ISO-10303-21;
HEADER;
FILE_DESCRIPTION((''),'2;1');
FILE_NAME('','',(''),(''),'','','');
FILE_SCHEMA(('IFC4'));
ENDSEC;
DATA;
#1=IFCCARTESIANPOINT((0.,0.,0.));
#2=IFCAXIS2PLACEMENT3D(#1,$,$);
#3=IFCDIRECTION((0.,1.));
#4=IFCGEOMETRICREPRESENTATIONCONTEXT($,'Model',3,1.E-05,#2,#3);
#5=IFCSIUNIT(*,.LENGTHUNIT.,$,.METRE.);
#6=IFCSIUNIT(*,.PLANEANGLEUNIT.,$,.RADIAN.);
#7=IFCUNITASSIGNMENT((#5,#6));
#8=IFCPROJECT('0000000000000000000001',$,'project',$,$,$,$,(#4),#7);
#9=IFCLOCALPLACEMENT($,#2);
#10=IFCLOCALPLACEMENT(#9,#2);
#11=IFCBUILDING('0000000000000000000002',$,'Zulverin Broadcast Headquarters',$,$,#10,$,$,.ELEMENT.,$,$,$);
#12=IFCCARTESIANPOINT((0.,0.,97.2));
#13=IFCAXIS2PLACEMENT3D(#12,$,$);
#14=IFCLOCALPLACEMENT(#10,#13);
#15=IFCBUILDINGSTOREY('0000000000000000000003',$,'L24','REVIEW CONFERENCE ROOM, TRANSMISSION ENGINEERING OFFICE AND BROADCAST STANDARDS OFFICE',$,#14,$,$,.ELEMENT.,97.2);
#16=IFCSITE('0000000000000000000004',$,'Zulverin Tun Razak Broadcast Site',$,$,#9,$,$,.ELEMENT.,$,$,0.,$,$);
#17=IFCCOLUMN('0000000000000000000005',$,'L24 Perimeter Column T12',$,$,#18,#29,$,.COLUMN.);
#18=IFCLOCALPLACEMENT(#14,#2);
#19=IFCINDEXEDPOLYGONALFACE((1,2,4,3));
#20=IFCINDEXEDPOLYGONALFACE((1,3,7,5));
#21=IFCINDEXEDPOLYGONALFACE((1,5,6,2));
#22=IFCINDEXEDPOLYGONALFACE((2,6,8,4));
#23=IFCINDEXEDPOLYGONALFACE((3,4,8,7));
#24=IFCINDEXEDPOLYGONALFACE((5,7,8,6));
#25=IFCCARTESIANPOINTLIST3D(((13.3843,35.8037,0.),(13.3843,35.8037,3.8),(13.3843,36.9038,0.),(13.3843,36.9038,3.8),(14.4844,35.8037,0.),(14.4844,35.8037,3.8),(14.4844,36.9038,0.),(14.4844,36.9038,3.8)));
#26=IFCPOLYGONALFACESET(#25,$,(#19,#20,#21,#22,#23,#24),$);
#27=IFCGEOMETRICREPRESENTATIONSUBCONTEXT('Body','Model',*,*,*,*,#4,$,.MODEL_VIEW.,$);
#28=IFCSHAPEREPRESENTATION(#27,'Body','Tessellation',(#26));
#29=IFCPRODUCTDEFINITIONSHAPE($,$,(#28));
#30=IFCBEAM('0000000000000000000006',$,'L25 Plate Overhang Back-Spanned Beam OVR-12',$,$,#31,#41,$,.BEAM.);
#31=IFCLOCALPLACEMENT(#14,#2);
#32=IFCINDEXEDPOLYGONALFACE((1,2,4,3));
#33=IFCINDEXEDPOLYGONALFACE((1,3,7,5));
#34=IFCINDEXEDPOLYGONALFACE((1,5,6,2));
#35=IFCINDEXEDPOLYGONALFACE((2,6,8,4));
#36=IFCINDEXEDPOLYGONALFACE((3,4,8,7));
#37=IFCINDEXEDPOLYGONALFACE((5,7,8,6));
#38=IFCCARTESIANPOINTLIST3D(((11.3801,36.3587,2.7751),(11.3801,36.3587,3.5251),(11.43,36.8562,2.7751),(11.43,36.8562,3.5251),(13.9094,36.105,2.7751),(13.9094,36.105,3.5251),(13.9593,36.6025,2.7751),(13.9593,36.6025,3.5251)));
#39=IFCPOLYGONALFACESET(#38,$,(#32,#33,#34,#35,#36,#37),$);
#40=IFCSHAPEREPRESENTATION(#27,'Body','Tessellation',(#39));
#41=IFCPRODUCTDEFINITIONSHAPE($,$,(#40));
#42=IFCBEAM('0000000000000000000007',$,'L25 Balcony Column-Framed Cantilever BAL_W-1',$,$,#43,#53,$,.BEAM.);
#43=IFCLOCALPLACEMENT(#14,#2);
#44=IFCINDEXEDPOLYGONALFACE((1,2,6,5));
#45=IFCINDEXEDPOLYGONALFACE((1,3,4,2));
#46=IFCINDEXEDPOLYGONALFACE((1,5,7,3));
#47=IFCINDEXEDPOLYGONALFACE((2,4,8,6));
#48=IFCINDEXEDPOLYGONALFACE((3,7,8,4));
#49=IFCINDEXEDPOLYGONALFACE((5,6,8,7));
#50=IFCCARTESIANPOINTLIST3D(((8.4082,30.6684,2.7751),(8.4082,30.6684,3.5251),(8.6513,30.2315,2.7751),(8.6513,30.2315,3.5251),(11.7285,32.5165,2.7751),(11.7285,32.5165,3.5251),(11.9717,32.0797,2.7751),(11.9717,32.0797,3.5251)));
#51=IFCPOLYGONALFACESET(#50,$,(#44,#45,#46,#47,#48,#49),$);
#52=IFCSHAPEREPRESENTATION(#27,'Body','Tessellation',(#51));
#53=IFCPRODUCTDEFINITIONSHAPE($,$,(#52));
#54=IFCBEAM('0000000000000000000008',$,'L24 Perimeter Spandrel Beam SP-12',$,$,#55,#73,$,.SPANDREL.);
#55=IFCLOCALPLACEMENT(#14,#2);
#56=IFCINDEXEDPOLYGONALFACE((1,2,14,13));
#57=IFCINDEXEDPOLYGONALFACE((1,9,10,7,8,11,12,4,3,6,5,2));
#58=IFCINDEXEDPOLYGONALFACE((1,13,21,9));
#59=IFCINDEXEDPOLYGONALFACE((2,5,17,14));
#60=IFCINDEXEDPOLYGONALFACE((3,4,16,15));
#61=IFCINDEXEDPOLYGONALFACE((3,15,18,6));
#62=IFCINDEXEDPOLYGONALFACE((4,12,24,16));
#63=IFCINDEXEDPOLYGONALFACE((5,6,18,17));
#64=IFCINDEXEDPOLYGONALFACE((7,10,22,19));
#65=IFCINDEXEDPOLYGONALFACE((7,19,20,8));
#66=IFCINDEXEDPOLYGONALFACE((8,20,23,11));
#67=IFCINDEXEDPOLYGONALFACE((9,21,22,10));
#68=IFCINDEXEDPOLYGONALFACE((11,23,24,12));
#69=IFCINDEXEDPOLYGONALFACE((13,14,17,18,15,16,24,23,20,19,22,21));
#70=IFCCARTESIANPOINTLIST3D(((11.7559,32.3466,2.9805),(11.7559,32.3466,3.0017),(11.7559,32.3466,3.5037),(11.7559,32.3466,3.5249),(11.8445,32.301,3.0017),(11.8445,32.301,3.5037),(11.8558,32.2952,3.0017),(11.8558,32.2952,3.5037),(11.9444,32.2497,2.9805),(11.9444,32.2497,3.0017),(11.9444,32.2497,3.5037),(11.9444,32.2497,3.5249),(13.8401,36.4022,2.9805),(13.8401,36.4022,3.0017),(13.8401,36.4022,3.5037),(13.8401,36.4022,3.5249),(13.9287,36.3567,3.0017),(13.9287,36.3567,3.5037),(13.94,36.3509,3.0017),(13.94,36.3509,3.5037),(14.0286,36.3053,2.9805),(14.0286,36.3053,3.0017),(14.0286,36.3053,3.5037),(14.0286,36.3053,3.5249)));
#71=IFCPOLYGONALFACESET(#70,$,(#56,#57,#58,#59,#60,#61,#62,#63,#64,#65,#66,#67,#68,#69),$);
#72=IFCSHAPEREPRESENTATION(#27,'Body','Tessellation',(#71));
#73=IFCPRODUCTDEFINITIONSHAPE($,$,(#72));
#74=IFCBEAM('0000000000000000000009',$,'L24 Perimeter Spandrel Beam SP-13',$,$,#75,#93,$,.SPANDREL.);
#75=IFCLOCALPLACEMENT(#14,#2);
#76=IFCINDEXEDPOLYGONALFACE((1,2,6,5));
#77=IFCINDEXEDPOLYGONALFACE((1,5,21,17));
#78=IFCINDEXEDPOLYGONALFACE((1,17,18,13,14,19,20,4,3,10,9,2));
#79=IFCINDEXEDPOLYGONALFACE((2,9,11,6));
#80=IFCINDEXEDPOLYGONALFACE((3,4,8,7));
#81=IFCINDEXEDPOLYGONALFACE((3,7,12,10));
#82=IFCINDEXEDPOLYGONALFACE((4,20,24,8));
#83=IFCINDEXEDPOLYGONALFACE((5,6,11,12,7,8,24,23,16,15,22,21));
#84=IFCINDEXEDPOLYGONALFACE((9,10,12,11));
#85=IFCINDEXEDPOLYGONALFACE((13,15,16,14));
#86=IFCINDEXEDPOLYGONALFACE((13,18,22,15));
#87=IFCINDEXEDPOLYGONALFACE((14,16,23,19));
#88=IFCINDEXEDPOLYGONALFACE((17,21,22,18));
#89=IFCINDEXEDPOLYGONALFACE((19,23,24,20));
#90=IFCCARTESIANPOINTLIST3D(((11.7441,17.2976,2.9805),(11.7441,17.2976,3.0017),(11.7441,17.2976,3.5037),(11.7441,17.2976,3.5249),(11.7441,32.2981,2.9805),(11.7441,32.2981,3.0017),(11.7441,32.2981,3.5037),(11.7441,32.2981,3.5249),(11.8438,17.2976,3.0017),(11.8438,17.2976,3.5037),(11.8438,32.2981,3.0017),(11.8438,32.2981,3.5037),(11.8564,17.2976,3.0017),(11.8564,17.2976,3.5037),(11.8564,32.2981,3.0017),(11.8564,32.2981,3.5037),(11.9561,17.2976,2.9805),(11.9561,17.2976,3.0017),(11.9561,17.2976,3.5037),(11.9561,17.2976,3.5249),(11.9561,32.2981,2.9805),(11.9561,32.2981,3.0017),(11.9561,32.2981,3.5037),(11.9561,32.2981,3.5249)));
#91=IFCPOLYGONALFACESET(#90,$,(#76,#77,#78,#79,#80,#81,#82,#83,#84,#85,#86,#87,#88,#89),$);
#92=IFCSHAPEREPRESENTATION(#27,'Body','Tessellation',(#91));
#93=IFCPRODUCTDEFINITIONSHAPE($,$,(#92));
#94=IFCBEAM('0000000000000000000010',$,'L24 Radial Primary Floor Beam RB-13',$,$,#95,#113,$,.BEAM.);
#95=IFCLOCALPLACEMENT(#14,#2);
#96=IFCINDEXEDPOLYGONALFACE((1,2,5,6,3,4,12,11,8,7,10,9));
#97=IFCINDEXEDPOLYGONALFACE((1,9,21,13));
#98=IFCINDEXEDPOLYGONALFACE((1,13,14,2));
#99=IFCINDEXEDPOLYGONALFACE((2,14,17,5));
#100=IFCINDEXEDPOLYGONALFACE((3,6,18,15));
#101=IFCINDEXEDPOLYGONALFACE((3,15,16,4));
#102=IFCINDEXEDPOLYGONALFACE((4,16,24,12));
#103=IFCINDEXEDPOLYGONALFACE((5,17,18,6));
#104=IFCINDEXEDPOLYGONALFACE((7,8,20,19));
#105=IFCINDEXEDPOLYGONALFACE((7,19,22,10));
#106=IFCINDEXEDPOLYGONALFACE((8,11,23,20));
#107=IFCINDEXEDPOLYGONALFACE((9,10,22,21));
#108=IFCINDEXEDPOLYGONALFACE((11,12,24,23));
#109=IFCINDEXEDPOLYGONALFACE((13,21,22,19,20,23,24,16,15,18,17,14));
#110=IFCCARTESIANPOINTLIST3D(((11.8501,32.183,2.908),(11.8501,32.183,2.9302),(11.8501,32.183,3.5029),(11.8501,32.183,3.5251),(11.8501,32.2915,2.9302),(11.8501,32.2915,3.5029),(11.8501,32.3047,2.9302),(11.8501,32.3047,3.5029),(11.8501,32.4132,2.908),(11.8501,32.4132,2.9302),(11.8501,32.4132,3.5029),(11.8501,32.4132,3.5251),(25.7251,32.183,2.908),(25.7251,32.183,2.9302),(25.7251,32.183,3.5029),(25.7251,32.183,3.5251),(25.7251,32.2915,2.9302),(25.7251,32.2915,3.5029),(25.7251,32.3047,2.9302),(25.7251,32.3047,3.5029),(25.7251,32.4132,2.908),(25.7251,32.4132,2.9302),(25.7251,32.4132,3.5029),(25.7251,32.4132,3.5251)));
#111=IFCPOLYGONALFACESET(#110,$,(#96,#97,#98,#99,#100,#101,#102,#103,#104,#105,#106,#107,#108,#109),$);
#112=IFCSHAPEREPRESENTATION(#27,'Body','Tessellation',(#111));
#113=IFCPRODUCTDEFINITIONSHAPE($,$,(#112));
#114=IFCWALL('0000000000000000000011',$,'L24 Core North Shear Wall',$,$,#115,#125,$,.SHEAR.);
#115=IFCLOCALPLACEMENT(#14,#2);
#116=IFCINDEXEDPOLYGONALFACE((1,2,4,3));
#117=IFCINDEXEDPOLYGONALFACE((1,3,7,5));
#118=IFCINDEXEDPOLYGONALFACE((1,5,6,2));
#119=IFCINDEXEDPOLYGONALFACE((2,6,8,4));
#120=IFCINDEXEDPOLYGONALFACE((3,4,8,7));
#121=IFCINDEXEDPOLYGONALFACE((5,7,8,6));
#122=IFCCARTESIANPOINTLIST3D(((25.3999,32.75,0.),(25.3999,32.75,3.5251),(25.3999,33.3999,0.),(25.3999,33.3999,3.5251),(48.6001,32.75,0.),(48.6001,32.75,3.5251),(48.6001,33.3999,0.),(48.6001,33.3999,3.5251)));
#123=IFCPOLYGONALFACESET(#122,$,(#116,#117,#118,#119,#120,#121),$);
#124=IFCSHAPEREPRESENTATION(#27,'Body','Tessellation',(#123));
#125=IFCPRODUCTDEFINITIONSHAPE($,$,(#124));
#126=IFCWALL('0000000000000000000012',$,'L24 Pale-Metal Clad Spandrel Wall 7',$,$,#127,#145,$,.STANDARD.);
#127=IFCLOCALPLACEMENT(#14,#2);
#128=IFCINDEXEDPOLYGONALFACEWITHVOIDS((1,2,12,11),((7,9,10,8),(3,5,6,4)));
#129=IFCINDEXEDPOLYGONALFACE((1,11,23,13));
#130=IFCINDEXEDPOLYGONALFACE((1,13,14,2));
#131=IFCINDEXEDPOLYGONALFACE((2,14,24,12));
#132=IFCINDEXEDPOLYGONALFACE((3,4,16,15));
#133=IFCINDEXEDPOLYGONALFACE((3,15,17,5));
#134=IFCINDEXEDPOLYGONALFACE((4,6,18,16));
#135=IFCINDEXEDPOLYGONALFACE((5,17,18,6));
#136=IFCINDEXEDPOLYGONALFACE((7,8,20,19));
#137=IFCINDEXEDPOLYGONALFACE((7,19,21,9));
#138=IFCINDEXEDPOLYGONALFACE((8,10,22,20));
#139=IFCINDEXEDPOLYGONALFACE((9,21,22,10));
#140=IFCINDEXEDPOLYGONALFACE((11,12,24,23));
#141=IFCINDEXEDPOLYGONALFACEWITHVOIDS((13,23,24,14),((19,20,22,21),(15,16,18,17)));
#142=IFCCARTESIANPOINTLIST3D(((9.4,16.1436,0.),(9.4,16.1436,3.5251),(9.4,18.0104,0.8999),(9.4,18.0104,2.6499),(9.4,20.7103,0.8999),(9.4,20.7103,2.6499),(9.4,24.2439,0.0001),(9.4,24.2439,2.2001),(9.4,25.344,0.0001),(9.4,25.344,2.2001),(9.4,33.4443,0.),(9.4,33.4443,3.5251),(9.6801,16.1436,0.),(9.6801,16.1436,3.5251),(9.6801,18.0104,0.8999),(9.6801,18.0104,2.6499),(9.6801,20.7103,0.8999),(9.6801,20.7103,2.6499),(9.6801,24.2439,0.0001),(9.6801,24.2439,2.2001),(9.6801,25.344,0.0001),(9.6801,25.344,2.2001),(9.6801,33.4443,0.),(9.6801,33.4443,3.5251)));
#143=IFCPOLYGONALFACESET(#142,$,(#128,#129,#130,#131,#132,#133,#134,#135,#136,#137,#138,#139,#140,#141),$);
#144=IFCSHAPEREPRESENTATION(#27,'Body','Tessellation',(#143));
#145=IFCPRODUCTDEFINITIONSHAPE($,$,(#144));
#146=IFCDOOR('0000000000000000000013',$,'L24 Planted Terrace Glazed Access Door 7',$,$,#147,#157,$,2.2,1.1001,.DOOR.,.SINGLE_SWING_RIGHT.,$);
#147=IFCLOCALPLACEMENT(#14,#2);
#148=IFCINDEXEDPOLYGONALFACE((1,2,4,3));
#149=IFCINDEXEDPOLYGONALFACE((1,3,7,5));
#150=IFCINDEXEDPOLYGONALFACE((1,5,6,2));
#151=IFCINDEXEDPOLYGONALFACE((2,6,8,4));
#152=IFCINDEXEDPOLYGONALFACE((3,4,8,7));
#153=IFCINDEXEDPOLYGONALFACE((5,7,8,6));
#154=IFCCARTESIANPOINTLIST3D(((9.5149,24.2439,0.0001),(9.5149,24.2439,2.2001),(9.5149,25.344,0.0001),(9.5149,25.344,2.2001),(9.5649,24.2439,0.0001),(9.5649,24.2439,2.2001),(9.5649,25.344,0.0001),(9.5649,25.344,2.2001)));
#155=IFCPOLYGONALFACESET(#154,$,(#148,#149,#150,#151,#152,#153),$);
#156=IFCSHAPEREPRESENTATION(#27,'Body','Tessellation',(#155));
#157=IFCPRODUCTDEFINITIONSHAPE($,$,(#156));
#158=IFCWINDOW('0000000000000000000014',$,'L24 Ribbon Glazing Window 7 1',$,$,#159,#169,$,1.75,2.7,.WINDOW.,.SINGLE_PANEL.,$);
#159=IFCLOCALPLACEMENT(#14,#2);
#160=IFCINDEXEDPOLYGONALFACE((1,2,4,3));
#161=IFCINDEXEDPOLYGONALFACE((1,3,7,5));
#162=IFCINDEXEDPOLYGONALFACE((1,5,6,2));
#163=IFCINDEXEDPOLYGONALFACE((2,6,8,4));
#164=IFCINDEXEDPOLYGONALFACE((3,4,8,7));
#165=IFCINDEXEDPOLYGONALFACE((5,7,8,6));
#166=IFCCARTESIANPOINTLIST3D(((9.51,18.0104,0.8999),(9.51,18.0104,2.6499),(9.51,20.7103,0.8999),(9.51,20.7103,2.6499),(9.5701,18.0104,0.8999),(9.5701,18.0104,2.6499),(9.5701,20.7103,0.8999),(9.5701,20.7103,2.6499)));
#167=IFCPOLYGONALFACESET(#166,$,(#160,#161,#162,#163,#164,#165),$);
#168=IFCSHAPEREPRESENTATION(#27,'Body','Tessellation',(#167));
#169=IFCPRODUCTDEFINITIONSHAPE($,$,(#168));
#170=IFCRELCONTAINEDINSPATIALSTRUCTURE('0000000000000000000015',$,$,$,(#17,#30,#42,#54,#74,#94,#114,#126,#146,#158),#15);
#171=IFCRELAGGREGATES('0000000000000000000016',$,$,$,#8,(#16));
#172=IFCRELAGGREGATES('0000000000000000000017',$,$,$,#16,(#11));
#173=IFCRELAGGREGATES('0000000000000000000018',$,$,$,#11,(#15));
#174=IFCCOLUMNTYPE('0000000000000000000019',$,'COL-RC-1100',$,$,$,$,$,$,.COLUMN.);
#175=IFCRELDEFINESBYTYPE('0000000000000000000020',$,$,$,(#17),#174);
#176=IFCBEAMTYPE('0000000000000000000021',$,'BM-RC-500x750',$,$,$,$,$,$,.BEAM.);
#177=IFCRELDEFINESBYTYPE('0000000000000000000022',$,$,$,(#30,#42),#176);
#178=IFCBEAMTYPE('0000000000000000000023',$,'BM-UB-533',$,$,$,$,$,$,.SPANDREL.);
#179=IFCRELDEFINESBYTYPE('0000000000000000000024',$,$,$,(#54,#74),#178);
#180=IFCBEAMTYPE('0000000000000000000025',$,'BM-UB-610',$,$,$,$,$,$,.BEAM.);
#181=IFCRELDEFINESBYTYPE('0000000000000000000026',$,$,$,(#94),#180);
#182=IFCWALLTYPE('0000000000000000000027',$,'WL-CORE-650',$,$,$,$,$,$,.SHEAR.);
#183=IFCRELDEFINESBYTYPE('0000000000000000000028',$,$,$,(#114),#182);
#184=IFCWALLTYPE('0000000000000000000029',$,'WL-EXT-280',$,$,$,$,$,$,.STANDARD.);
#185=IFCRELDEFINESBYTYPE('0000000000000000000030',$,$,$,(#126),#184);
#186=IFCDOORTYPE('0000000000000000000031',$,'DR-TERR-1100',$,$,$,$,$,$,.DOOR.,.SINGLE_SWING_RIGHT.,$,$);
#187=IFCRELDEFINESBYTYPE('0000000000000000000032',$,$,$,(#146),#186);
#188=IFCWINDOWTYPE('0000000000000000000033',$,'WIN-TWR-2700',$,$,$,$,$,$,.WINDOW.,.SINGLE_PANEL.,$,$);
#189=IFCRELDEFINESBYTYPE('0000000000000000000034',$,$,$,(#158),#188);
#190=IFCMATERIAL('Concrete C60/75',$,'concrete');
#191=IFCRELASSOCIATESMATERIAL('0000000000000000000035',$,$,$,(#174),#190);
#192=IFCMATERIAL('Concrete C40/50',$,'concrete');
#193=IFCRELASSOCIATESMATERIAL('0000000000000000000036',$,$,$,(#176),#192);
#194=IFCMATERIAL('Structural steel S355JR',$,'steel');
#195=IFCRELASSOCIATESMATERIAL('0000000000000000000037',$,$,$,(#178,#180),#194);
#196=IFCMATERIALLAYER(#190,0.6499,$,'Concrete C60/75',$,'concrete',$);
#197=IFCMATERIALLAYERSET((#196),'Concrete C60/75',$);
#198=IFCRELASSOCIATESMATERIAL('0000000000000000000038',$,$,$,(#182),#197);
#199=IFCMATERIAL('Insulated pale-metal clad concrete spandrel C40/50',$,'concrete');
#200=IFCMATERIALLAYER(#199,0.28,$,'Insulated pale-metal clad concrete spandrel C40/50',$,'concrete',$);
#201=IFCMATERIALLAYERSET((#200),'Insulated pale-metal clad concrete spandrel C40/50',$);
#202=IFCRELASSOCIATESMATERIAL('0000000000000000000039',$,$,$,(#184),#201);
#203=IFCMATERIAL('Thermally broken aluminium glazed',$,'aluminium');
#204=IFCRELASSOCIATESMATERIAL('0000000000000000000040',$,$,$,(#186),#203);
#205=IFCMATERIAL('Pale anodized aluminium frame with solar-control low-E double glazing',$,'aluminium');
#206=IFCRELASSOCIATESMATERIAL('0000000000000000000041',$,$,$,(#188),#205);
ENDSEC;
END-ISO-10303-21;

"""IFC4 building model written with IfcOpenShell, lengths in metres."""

from ifc_helpers import new_model, si_unit, direction, frame, frame_2d, origin, origin_2d, place, context, subcontext, project, spatial, rectangle, i_section, extrude, material, layer, layer_set, material_profile, profile_set, type_object, element, fill, save


model = new_model("IFC4")

# Units and contexts
model_context = context("Model", 3, precision=1e-05, world=origin(), true_north=direction((0.0, 1.0)))
body_context = subcontext(model_context, "Body", "Model", "MODEL_VIEW")
ifc_project = project(units=[si_unit("LENGTHUNIT", "METRE"), si_unit("PLANEANGLEUNIT", "RADIAN")], contexts=[model_context])

# Site, building, storey
site_placement = place(None, origin())
site = spatial("IfcSite", under=ifc_project, at=site_placement, Name="Zulverin Tun Razak Broadcast Site", CompositionType="ELEMENT", RefElevation=0.0)
building_placement = place(site_placement, origin())
building = spatial("IfcBuilding", under=site, at=building_placement, Name="Zulverin Broadcast Headquarters", CompositionType="ELEMENT")
storey_placement = place(building_placement, frame((0.0, 0.0, 97.2)))
storey = spatial("IfcBuildingStorey", under=building, at=storey_placement, Name="L24", Description="REVIEW CONFERENCE ROOM, TRANSMISSION ENGINEERING OFFICE AND BROADCAST STANDARDS OFFICE", CompositionType="ELEMENT", Elevation=97.2)

# Column
ifc_material_1 = material(Name="Concrete C60/75", Category="concrete")
ifc_material_profile_1 = material_profile(ifc_material_1, rectangle(XDim=1.1001, YDim=1.1001, at=origin_2d()), Name="Concrete C60/75", Category="concrete")
ifc_profile_set_1 = profile_set([ifc_material_profile_1], Name="Concrete C60/75")
column_type = type_object("IfcColumnType", Name="COL-RC-1100", PredefinedType="COLUMN", material=ifc_profile_set_1)
column_placement = place(storey_placement, frame((13.9343, 36.3538, 0.0), z_axis=(0.0, 0.0, 1.0), x_axis=(1.0, 0.0, 0.0)))
element("IfcColumn", 1, at=column_placement, inside=storey, type_object=column_type, Name="L24 Perimeter Column T12", PredefinedType="COLUMN", context=body_context, shape_type="SweptSolid", body=[
    extrude(rectangle(XDim=1.1001, YDim=1.1001, at=origin_2d()), origin(), (0.0, 0.0, 1.0), 3.8),
])

# Beams
ifc_material_2 = material(Name="Concrete C40/50", Category="concrete")
ifc_material_profile_2 = material_profile(ifc_material_2, rectangle(XDim=0.5, YDim=0.75, at=origin_2d()), Name="Concrete C40/50", Category="concrete")
ifc_profile_set_2 = profile_set([ifc_material_profile_2], Name="Concrete C40/50")
beam_type_1 = type_object("IfcBeamType", Name="BM-RC-500x750", PredefinedType="BEAM", material=ifc_profile_set_2)
beam_1_placement = place(storey_placement, frame((13.9343, 36.3538, 3.1501), z_axis=(-0.995009, 0.099789, 0.0), x_axis=(-0.099789, -0.995009, 0.0)))
element("IfcBeam", 2, at=beam_1_placement, inside=storey, type_object=beam_type_1, Name="L25 Plate Overhang Back-Spanned Beam OVR-12", PredefinedType="BEAM", context=body_context, shape_type="SweptSolid", body=[
    extrude(rectangle(XDim=0.5, YDim=0.75, at=origin_2d()), origin(), (0.0, 0.0, 1.0), 2.542),
])
beam_2_placement = place(storey_placement, frame((11.8501, 32.2981, 3.1501), z_axis=(-0.873763, -0.486352, 0.0), x_axis=(0.486352, -0.873763, 0.0)))
element("IfcBeam", 3, at=beam_2_placement, inside=storey, type_object=beam_type_1, Name="L25 Balcony Column-Framed Cantilever BAL_W-1", PredefinedType="BEAM", context=body_context, shape_type="SweptSolid", body=[
    extrude(rectangle(XDim=0.5, YDim=0.75, at=origin_2d()), origin(), (0.0, 0.0, 1.0), 3.8),
])
ifc_material_3 = material(Name="Structural steel S355JR", Category="steel")
ifc_material_profile_3 = material_profile(ifc_material_3, i_section(OverallWidth=0.2119, OverallDepth=0.5444, WebThickness=0.0127, FlangeThickness=0.0212, at=origin_2d()), Name="Structural steel S355JR", Category="steel")
ifc_profile_set_3 = profile_set([ifc_material_profile_3], Name="Structural steel S355JR")
beam_type_2 = type_object("IfcBeamType", Name="BM-UB-533", PredefinedType="SPANDREL", material=ifc_profile_set_3)
beam_3_placement = place(storey_placement, frame((13.9343, 36.3538, 3.2527), z_axis=(-0.457081, -0.889425, 0.0), x_axis=(0.889425, -0.457081, 0.0)))
element("IfcBeam", 4, at=beam_3_placement, inside=storey, type_object=beam_type_2, Name="L24 Perimeter Spandrel Beam SP-12", PredefinedType="SPANDREL", context=body_context, shape_type="SweptSolid", body=[
    extrude(i_section(OverallWidth=0.2119, OverallDepth=0.5444, WebThickness=0.0127, FlangeThickness=0.0212, at=origin_2d()), origin(), (0.0, 0.0, 1.0), 4.5598),
])
beam_4_placement = place(storey_placement, frame((11.8501, 32.2981, 3.2527), z_axis=(0.0, -1.0, 0.0), x_axis=(1.0, 0.0, 0.0)))
element("IfcBeam", 5, at=beam_4_placement, inside=storey, type_object=beam_type_2, Name="L24 Perimeter Spandrel Beam SP-13", PredefinedType="SPANDREL", context=body_context, shape_type="SweptSolid", body=[
    extrude(i_section(OverallWidth=0.2119, OverallDepth=0.5444, WebThickness=0.0127, FlangeThickness=0.0212, at=origin_2d()), origin(), (0.0, 0.0, 1.0), 15.0005),
])
ifc_material_profile_4 = material_profile(ifc_material_3, i_section(OverallWidth=0.2302, OverallDepth=0.6172, WebThickness=0.0132, FlangeThickness=0.0222, at=origin_2d()), Name="Structural steel S355JR", Category="steel")
ifc_profile_set_4 = profile_set([ifc_material_profile_4], Name="Structural steel S355JR")
beam_type_3 = type_object("IfcBeamType", Name="BM-UB-610", PredefinedType="BEAM", material=ifc_profile_set_4)
beam_5_placement = place(storey_placement, frame((25.7251, 32.2981, 3.2166), z_axis=(-1.0, 0.0, 0.0), x_axis=(0.0, -1.0, 0.0)))
element("IfcBeam", 6, at=beam_5_placement, inside=storey, type_object=beam_type_3, Name="L24 Radial Primary Floor Beam RB-13", PredefinedType="BEAM", context=body_context, shape_type="SweptSolid", body=[
    extrude(i_section(OverallWidth=0.2302, OverallDepth=0.6172, WebThickness=0.0132, FlangeThickness=0.0222, at=origin_2d()), origin(), (0.0, 0.0, 1.0), 13.875),
])

# Wall
ifc_layer_1 = layer(ifc_material_1, 0.6499, Name="Concrete C60/75", Category="concrete")
ifc_layer_set_1 = layer_set([ifc_layer_1], Name="Concrete C60/75")
wall_type_1 = type_object("IfcWallType", Name="WL-CORE-650", PredefinedType="SHEAR", material=ifc_layer_set_1)
wall_1_placement = place(storey_placement, frame((25.3999, 33.075, 0.0), z_axis=(0.0, 0.0, 1.0), x_axis=(1.0, 0.0, 0.0)))
element("IfcWall", 7, at=wall_1_placement, inside=storey, type_object=wall_type_1, Name="L24 Core North Shear Wall", PredefinedType="SHEAR", context=body_context, shape_type="SweptSolid", body=[
    extrude(rectangle(XDim=23.2002, YDim=0.6499, at=frame_2d((11.6001, 0.0))), origin(), (0.0, 0.0, 1.0), 3.5251),
])

# Wall, openings, door, window
ifc_material_4 = material(Name="Insulated pale-metal clad concrete spandrel C40/50", Category="concrete")
ifc_layer_2 = layer(ifc_material_4, 0.28, Name="Insulated pale-metal clad concrete spandrel C40/50", Category="concrete")
ifc_layer_set_2 = layer_set([ifc_layer_2], Name="Insulated pale-metal clad concrete spandrel C40/50")
wall_type_2 = type_object("IfcWallType", Name="WL-EXT-280", PredefinedType="STANDARD", material=ifc_layer_set_2)
wall_2_placement = place(storey_placement, frame((9.54, 33.4443, 0.0), z_axis=(0.0, 0.0, 1.0), x_axis=(0.0, -1.0, 0.0)))
wall_2 = element("IfcWall", 8, at=wall_2_placement, inside=storey, type_object=wall_type_2, Name="L24 Pale-Metal Clad Spandrel Wall 7", PredefinedType="STANDARD", context=body_context, shape_type="SweptSolid", body=[
    extrude(rectangle(XDim=17.3008, YDim=0.28, at=frame_2d((8.6504, 0.0))), origin(), (0.0, 0.0, 1.0), 3.5251),
])
opening_1_placement = place(wall_2_placement, frame((8.1003, 0.0, 0.0)))
opening_1 = element("IfcOpeningElement", 9, at=opening_1_placement, cuts=wall_2, PredefinedType="OPENING", context=body_context, shape_type="SweptSolid", body=[
    extrude(rectangle(XDim=1.1001, YDim=2.2, at=frame_2d((0.55, 1.1001))), frame((0.0, 0.1499, 0.0), z_axis=(0.0, -1.0, 0.0), x_axis=(1.0, 0.0, 0.0)), (0.0, 0.0, 1.0), 0.3),
])
opening_2_placement = place(wall_2_placement, frame((12.7339, 0.0, 0.8999)))
opening_2 = element("IfcOpeningElement", 10, at=opening_2_placement, cuts=wall_2, PredefinedType="OPENING", context=body_context, shape_type="SweptSolid", body=[
    extrude(rectangle(XDim=2.7, YDim=1.75, at=frame_2d((1.3501, 0.875))), frame((0.0, 0.1499, 0.0), z_axis=(0.0, -1.0, 0.0), x_axis=(1.0, 0.0, 0.0)), (0.0, 0.0, 1.0), 0.3),
])
ifc_material_5 = material(Name="Thermally broken aluminium glazed", Category="aluminium")
door_type_1 = type_object("IfcDoorType", Name="DR-TERR-1100", OperationType="SINGLE_SWING_RIGHT", PredefinedType="DOOR", material=ifc_material_5)
door_1_placement = place(opening_1_placement, origin())
door_1 = element("IfcDoor", 11, at=door_1_placement, inside=storey, type_object=door_type_1, Name="L24 Planted Terrace Glazed Access Door 7", OperationType="SINGLE_SWING_RIGHT", OverallHeight=2.2, OverallWidth=1.1001, PredefinedType="DOOR", context=body_context, shape_type="SweptSolid", body=[
    extrude(rectangle(XDim=1.1001, YDim=2.2, at=frame_2d((0.55, 1.1001))), frame((0.0, 0.0249, 0.0), z_axis=(0.0, -1.0, 0.0), x_axis=(1.0, 0.0, 0.0)), (0.0, 0.0, 1.0), 0.05),
])
fill(opening_1, door_1)
ifc_material_6 = material(Name="Pale anodized aluminium frame with solar-control low-E double glazing", Category="aluminium")
window_type = type_object("IfcWindowType", Name="WIN-TWR-2700", PartitioningType="SINGLE_PANEL", PredefinedType="WINDOW", material=ifc_material_6)
window_placement = place(opening_2_placement, origin())
window = element("IfcWindow", 12, at=window_placement, inside=storey, type_object=window_type, Name="L24 Ribbon Glazing Window 7 1", OverallHeight=1.75, OverallWidth=2.7, PartitioningType="SINGLE_PANEL", PredefinedType="WINDOW", context=body_context, shape_type="SweptSolid", body=[
    extrude(rectangle(XDim=2.7, YDim=1.75, at=frame_2d((1.3501, 0.875))), frame((0.0, 0.03, 0.0), z_axis=(0.0, -1.0, 0.0), x_axis=(1.0, 0.0, 0.0)), (0.0, 0.0, 1.0), 0.0601),
])
fill(opening_2, window)

save(model, "model.ifc")
